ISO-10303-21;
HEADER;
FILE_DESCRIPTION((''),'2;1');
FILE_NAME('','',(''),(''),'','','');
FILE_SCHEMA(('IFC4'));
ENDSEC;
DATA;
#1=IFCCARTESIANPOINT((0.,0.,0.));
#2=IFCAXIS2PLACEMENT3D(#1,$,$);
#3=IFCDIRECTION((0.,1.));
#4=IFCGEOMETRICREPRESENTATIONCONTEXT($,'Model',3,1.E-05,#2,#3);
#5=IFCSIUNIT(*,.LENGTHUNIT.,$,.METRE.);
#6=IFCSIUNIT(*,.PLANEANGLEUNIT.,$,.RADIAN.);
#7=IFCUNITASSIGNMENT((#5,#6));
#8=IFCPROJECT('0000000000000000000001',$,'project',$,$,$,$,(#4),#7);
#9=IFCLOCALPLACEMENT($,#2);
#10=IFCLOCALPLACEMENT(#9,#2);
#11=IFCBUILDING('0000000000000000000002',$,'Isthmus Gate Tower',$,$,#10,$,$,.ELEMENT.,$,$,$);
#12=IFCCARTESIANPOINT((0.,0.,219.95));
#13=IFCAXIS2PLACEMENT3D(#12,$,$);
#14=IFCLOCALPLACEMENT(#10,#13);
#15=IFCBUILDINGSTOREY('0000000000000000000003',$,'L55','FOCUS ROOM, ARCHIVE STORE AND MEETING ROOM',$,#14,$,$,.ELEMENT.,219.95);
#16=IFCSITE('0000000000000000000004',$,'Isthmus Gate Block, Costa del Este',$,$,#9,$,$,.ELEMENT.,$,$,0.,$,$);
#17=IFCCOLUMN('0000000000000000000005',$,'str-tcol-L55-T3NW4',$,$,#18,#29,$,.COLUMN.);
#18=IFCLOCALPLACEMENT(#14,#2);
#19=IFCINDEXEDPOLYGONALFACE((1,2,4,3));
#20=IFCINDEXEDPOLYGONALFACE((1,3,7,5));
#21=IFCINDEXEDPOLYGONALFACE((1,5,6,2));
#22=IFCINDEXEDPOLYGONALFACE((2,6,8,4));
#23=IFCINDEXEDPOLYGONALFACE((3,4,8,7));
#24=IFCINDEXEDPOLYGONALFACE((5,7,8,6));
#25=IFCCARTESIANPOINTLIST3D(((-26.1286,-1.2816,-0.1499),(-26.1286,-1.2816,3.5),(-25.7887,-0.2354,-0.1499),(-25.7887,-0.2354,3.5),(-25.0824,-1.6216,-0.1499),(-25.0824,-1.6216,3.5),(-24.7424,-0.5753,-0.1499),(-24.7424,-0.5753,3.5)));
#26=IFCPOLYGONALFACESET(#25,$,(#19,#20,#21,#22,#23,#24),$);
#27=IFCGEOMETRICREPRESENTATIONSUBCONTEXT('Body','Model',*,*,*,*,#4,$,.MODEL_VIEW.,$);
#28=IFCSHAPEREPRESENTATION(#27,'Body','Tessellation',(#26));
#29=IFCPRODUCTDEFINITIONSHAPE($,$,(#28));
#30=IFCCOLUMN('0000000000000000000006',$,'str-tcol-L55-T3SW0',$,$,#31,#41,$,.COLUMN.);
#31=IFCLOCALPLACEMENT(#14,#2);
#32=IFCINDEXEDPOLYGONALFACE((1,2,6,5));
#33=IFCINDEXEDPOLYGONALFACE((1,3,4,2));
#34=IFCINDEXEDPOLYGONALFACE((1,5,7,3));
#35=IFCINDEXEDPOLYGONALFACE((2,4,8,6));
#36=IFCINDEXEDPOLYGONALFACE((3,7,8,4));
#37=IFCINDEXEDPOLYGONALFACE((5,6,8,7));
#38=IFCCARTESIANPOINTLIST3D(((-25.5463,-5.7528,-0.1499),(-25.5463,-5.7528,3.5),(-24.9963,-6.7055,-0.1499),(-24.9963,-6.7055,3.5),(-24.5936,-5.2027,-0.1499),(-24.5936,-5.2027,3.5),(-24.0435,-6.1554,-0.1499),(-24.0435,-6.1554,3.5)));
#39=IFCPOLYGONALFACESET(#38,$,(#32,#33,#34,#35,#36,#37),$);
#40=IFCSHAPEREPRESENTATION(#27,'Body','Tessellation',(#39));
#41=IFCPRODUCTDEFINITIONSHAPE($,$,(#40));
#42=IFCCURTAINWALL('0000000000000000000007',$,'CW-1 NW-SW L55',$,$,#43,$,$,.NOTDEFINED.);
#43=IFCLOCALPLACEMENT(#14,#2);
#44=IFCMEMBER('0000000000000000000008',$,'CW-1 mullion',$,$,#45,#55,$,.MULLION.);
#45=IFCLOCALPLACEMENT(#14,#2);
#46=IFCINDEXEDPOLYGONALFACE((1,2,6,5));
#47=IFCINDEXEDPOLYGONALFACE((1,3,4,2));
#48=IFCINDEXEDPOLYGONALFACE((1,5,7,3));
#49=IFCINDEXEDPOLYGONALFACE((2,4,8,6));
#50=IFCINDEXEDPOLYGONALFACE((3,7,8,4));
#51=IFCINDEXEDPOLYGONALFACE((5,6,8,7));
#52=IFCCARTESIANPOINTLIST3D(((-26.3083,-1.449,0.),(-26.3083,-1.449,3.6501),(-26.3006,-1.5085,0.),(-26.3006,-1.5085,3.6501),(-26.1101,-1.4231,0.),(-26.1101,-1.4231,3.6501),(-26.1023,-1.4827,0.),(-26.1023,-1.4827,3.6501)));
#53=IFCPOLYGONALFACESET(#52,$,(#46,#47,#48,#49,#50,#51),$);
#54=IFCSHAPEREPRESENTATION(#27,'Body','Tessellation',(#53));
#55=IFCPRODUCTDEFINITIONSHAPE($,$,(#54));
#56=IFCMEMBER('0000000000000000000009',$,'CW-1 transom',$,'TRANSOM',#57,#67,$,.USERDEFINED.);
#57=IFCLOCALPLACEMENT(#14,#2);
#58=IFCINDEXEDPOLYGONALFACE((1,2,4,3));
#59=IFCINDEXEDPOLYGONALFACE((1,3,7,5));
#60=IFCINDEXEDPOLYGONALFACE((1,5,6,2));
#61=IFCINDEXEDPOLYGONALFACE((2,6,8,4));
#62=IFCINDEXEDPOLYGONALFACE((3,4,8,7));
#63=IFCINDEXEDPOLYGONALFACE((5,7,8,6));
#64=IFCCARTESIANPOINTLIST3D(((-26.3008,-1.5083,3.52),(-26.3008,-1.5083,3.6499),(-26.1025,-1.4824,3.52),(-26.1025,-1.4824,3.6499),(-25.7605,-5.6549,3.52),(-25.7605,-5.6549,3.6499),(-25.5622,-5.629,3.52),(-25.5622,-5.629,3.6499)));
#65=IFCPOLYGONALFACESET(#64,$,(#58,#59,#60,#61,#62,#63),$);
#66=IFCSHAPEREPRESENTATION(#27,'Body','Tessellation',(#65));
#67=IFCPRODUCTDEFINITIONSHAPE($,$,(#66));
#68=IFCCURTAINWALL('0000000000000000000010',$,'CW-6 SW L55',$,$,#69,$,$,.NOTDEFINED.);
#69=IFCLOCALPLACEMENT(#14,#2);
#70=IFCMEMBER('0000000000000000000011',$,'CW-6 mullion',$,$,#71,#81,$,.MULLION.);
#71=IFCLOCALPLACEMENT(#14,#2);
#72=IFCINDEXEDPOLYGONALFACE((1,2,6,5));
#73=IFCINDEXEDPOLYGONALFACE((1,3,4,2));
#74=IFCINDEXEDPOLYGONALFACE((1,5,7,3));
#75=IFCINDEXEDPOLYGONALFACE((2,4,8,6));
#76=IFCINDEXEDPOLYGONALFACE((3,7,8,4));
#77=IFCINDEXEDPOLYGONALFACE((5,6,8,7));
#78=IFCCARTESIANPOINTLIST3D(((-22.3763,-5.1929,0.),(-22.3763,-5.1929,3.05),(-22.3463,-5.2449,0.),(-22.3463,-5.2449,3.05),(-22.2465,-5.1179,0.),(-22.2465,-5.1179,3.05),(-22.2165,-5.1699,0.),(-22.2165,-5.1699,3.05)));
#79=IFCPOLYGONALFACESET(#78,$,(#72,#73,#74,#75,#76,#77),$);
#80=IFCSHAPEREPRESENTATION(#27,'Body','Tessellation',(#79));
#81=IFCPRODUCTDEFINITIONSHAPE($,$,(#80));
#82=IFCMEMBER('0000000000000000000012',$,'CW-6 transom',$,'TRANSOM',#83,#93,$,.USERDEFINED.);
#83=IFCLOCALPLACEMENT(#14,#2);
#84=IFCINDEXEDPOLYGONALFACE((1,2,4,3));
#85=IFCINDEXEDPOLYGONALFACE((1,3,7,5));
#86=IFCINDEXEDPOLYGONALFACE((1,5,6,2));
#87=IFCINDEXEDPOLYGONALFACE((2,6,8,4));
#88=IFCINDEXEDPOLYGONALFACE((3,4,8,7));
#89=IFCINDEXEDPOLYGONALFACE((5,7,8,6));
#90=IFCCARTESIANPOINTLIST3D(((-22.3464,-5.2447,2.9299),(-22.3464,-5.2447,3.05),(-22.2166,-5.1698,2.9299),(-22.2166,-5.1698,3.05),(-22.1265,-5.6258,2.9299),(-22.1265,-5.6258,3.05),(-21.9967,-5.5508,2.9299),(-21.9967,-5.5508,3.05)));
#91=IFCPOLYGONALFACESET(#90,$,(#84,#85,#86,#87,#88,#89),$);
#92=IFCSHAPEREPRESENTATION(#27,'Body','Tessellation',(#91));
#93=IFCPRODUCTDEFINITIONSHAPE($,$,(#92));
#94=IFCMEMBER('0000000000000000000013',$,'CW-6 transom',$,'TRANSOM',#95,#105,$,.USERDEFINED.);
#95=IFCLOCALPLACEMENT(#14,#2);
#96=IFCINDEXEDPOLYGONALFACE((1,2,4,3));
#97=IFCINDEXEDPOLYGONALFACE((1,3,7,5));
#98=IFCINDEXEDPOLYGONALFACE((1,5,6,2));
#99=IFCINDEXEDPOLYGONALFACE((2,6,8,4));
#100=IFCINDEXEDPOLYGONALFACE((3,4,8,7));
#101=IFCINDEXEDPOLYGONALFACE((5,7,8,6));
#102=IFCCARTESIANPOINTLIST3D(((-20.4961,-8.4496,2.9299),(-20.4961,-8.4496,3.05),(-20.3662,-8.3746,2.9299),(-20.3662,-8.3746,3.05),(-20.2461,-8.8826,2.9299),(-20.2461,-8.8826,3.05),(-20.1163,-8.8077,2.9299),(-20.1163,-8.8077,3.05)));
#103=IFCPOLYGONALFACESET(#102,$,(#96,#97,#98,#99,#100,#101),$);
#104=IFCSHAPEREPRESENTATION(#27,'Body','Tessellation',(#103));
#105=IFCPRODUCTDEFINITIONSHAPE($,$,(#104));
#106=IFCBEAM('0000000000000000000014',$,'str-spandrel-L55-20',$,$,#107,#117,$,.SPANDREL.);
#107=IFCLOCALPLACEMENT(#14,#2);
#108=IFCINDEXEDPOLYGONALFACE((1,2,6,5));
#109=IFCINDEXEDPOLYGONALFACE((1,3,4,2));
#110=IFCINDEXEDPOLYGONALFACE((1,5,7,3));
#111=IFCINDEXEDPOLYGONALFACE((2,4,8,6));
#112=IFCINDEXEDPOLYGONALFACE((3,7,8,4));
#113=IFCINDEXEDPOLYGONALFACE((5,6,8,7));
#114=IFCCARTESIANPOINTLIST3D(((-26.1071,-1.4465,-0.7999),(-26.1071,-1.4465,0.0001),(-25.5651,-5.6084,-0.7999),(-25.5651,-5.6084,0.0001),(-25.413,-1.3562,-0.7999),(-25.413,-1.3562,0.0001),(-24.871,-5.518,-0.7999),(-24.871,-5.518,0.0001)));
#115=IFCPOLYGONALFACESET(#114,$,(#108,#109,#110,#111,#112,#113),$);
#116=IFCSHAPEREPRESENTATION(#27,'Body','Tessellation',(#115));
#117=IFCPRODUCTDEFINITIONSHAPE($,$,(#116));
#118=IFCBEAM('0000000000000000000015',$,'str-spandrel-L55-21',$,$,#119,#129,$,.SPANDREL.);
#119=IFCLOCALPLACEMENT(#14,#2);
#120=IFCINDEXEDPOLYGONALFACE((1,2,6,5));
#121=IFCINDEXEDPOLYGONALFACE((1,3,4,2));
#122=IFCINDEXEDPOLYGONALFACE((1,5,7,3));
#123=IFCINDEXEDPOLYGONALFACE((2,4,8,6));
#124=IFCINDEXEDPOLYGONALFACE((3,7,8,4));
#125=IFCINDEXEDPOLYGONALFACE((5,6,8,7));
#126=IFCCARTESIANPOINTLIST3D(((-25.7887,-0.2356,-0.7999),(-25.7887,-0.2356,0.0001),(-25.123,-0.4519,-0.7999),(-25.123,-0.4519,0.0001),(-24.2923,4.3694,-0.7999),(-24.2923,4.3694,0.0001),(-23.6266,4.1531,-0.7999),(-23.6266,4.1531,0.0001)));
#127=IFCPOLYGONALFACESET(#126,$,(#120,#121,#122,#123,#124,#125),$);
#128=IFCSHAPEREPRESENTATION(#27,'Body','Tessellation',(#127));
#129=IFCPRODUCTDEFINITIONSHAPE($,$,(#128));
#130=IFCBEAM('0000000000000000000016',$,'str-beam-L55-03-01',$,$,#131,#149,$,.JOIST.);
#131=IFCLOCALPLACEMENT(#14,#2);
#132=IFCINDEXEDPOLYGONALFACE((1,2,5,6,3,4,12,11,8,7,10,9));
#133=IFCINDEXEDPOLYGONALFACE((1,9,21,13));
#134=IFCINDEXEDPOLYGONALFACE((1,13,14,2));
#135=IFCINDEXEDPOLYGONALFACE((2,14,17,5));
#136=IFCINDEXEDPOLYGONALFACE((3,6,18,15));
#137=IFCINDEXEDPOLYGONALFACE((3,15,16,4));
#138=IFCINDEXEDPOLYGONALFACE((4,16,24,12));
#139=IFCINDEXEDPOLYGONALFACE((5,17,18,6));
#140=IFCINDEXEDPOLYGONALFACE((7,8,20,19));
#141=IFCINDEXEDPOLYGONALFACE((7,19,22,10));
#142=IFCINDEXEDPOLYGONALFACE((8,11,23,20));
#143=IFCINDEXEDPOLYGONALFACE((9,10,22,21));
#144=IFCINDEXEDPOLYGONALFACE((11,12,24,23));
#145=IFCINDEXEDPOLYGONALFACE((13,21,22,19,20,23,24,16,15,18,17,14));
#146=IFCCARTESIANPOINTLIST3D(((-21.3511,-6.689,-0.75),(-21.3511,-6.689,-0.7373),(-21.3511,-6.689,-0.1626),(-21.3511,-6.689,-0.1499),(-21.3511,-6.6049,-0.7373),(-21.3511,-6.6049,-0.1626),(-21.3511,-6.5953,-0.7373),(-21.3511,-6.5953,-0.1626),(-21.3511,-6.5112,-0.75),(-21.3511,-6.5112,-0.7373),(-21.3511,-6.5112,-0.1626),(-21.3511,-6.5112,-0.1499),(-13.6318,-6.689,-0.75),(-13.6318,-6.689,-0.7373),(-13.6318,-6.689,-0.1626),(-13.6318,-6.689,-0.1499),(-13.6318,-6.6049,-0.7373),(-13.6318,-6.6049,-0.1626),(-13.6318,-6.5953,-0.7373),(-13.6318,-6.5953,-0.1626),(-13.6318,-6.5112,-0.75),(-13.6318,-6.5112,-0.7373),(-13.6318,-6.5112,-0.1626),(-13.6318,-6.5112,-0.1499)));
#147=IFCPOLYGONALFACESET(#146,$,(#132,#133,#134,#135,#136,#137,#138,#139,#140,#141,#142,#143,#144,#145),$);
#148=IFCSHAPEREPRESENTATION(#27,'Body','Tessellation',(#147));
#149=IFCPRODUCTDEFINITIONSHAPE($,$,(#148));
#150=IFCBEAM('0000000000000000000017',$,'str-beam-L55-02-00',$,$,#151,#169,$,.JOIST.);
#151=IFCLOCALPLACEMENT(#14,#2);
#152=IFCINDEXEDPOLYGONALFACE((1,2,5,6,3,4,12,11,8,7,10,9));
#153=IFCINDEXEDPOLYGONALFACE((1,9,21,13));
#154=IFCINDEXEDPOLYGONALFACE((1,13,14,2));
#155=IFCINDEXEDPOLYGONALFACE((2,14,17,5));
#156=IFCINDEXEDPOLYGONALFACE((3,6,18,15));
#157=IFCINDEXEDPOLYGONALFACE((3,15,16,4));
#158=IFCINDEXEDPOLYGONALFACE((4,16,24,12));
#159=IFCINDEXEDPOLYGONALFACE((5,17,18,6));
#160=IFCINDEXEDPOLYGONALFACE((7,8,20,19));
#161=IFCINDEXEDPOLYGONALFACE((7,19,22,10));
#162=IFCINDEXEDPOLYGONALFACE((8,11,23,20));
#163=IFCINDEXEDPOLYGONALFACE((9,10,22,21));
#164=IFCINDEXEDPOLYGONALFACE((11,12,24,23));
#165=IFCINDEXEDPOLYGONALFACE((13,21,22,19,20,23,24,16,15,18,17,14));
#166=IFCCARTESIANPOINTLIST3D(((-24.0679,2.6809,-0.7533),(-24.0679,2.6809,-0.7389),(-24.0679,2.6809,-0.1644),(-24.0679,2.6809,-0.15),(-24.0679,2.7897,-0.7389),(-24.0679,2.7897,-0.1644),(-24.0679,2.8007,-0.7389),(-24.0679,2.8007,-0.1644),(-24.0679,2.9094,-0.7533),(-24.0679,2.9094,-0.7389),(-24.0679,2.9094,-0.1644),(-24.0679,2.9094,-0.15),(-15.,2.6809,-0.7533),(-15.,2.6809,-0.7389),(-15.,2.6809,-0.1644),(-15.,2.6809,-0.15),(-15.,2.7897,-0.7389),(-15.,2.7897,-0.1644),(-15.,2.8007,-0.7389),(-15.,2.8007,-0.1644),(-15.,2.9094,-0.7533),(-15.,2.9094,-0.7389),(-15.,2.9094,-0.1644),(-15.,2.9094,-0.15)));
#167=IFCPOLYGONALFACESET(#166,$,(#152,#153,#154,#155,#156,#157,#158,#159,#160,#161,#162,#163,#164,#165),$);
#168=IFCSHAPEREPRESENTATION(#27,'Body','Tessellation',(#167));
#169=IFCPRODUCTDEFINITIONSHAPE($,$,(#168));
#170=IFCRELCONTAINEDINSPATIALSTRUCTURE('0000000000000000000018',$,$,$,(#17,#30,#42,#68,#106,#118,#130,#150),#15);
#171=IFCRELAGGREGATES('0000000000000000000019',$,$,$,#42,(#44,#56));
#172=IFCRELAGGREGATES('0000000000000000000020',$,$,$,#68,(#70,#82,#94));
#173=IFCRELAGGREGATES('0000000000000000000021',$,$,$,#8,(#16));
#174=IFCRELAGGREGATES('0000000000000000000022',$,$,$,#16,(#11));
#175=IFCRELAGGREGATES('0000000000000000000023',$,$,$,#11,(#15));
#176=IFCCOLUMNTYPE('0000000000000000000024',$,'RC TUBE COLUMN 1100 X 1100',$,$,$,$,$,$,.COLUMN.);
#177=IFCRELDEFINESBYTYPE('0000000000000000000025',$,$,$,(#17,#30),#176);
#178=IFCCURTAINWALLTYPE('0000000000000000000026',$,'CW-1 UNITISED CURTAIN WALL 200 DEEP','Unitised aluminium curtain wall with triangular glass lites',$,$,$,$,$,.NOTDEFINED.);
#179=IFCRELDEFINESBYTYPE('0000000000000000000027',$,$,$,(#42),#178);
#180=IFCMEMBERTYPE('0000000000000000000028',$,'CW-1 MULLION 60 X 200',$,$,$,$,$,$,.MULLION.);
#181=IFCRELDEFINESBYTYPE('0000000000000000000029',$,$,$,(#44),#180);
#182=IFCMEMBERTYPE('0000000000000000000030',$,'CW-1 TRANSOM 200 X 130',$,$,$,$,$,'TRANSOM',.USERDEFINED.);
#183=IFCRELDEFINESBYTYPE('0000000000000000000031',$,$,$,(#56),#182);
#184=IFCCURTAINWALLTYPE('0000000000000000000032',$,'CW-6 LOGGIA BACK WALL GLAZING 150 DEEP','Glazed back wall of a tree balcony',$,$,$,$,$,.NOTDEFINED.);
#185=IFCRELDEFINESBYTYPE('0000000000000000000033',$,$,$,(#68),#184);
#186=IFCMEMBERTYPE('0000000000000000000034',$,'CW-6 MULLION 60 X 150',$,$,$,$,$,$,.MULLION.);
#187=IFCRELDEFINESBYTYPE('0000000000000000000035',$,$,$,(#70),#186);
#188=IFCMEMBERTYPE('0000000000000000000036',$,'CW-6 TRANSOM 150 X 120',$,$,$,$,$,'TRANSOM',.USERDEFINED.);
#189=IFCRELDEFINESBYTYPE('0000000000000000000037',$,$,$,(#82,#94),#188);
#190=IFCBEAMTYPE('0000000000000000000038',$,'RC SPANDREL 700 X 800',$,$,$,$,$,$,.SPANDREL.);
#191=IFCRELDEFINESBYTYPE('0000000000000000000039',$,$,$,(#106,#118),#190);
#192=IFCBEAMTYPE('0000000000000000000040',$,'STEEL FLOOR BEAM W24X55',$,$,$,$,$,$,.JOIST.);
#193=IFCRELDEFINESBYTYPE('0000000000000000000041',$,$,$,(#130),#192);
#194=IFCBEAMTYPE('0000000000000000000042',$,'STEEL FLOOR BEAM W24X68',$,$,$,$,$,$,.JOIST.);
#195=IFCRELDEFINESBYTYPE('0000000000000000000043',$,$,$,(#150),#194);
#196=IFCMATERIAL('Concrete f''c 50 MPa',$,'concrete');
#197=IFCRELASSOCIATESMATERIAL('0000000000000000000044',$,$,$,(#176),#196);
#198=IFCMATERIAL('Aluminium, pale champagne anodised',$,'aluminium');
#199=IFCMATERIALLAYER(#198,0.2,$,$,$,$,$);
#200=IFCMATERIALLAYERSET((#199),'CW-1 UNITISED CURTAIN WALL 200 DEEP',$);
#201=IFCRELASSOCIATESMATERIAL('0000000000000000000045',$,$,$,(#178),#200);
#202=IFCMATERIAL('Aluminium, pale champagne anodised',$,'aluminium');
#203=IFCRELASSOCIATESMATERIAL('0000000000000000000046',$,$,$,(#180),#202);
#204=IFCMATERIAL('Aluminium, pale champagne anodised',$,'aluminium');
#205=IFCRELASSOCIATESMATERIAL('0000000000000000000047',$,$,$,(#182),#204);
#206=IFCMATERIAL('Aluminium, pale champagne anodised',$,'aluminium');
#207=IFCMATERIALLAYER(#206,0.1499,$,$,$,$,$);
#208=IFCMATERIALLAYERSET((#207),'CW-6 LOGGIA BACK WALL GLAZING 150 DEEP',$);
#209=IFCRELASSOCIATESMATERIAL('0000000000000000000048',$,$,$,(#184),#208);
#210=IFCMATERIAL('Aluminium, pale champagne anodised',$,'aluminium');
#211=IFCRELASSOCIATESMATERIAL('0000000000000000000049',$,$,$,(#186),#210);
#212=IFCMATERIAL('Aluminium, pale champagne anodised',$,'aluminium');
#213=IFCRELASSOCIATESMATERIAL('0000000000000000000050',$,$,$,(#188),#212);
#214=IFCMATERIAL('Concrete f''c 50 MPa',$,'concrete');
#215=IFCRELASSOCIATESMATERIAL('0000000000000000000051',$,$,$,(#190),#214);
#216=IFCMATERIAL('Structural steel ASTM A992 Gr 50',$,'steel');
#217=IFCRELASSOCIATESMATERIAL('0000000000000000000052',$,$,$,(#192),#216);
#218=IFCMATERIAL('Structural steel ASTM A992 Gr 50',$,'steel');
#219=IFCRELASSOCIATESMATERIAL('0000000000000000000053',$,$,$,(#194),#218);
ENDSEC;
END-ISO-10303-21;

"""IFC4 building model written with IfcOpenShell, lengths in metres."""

from ifc_helpers import new_model, si_unit, direction, frame, origin, origin_2d, place, context, subcontext, project, spatial, rectangle, i_section, extrude, material, layer, layer_set, material_profile, profile_set, type_object, element, aggregate, save


model = new_model("IFC4")

# Units and contexts
model_context = context("Model", 3, precision=1e-05, world=origin(), true_north=direction((0.0, 1.0)))
body_context = subcontext(model_context, "Body", "Model", "MODEL_VIEW")
ifc_project = project(units=[si_unit("LENGTHUNIT", "METRE"), si_unit("PLANEANGLEUNIT", "RADIAN")], contexts=[model_context])

# Site, building, storey
site_placement = place(None, origin())
site = spatial("IfcSite", under=ifc_project, at=site_placement, Name="Isthmus Gate Block, Costa del Este", CompositionType="ELEMENT", RefElevation=0.0)
building_placement = place(site_placement, origin())
building = spatial("IfcBuilding", under=site, at=building_placement, Name="Isthmus Gate Tower", CompositionType="ELEMENT")
storey_placement = place(building_placement, frame((0.0, 0.0, 219.95)))
storey = spatial("IfcBuildingStorey", under=building, at=storey_placement, Name="L55", Description="FOCUS ROOM, ARCHIVE STORE AND MEETING ROOM", CompositionType="ELEMENT", Elevation=219.95)

# Columns
ifc_material_1 = material(Name="Concrete f'c 50 MPa", Category="concrete")
ifc_material_profile_1 = material_profile(ifc_material_1, rectangle(XDim=1.1001, YDim=1.1001, at=origin_2d()), Name="RC 1100X1100")
ifc_profile_set_1 = profile_set([ifc_material_profile_1], Name="Concrete f'c 50 MPa")
column_type = type_object("IfcColumnType", Name="RC TUBE COLUMN 1100 X 1100", PredefinedType="COLUMN", material=ifc_profile_set_1)
for number, where, z_axis, x_axis, name in (
    (1, (-25.4355, -0.9285, -0.1499), (0.0, 0.0, 1.0), (-0.309017, -0.951057, 0.0), "str-tcol-L55-T3NW4"),
    (2, (-24.7949, -5.9541, -0.1499), (0.0, 0.0, 1.0), (0.5, -0.866025, 0.0), "str-tcol-L55-T3SW0"),
):
    element("IfcColumn", number, at=place(storey_placement, frame(where, z_axis=z_axis, x_axis=x_axis)), inside=storey, type_object=column_type, Name=name, PredefinedType="COLUMN", context=body_context, shape_type="SweptSolid", body=[
        extrude(rectangle(XDim=1.1001, YDim=1.1001, at=origin_2d()), origin(), (0.0, 0.0, 1.0), 3.6499),
    ])

# Curtain walls, members
ifc_material_2 = material(Name="Aluminium, pale champagne anodised", Category="aluminium")
ifc_layer_1 = layer(ifc_material_2, 0.2)
ifc_layer_set_1 = layer_set([ifc_layer_1], Name="CW-1 UNITISED CURTAIN WALL 200 DEEP")
curtain_wall_type_1 = type_object("IfcCurtainWallType", Name="CW-1 UNITISED CURTAIN WALL 200 DEEP", Description="Unitised aluminium curtain wall with triangular glass lites", PredefinedType="NOTDEFINED", material=ifc_layer_set_1)
curtain_wall_1_placement = place(storey_placement, origin())
curtain_wall_1 = element("IfcCurtainWall", 3, at=curtain_wall_1_placement, inside=storey, type_object=curtain_wall_type_1, Name="CW-1 NW-SW L55", PredefinedType="NOTDEFINED")
ifc_material_3 = material(Name="Aluminium, pale champagne anodised", Category="aluminium")
ifc_material_profile_2 = material_profile(ifc_material_3, rectangle(XDim=0.0601, YDim=0.2, at=origin_2d()), Name="60x200")
ifc_profile_set_2 = profile_set([ifc_material_profile_2], Name="Aluminium, pale champagne anodised")
member_type_1 = type_object("IfcMemberType", Name="CW-1 MULLION 60 X 200", PredefinedType="MULLION", material=ifc_profile_set_2)
member_1_placement = place(storey_placement, frame((-26.2053, -1.4658, 0.0), z_axis=(0.0, 0.0, 1.0), x_axis=(0.129165, -0.991623, 0.0)))
member_1 = element("IfcMember", 4, at=member_1_placement, type_object=member_type_1, Name="CW-1 mullion", PredefinedType="MULLION", context=body_context, shape_type="SweptSolid", body=[
    extrude(rectangle(XDim=0.0601, YDim=0.2, at=origin_2d()), origin(), (0.0, 0.0, 1.0), 3.6501),
])
ifc_material_4 = material(Name="Aluminium, pale champagne anodised", Category="aluminium")
ifc_material_profile_3 = material_profile(ifc_material_4, rectangle(XDim=0.2, YDim=0.1299, at=origin_2d()), Name="200x130")
ifc_profile_set_3 = profile_set([ifc_material_profile_3], Name="Aluminium, pale champagne anodised")
member_type_2 = type_object("IfcMemberType", Name="CW-1 TRANSOM 200 X 130", ElementType="TRANSOM", PredefinedType="USERDEFINED", material=ifc_profile_set_3)
member_2_placement = place(storey_placement, frame((-26.2017, -1.4954, 3.585), z_axis=(0.129207, -0.991618, 0.0), x_axis=(0.991618, 0.129207, 0.0)))
member_2 = element("IfcMember", 5, at=member_2_placement, type_object=member_type_2, Name="CW-1 transom", ObjectType="TRANSOM", PredefinedType="USERDEFINED", context=body_context, shape_type="SweptSolid", body=[
    extrude(rectangle(XDim=0.2, YDim=0.1299, at=origin_2d()), origin(), (0.0, 0.0, 1.0), 4.1816),
])
ifc_material_5 = material(Name="Aluminium, pale champagne anodised", Category="aluminium")
ifc_layer_2 = layer(ifc_material_5, 0.1499)
ifc_layer_set_2 = layer_set([ifc_layer_2], Name="CW-6 LOGGIA BACK WALL GLAZING 150 DEEP")
curtain_wall_type_2 = type_object("IfcCurtainWallType", Name="CW-6 LOGGIA BACK WALL GLAZING 150 DEEP", Description="Glazed back wall of a tree balcony", PredefinedType="NOTDEFINED", material=ifc_layer_set_2)
curtain_wall_2_placement = place(storey_placement, origin())
curtain_wall_2 = element("IfcCurtainWall", 6, at=curtain_wall_2_placement, inside=storey, type_object=curtain_wall_type_2, Name="CW-6 SW L55", PredefinedType="NOTDEFINED")
ifc_material_6 = material(Name="Aluminium, pale champagne anodised", Category="aluminium")
ifc_material_profile_4 = material_profile(ifc_material_6, rectangle(XDim=0.0601, YDim=0.1499, at=origin_2d()), Name="60x150")
ifc_profile_set_4 = profile_set([ifc_material_profile_4], Name="Aluminium, pale champagne anodised")
member_type_3 = type_object("IfcMemberType", Name="CW-6 MULLION 60 X 150", PredefinedType="MULLION", material=ifc_profile_set_4)
member_3_placement = place(storey_placement, frame((-22.2964, -5.1814, 0.0), z_axis=(0.0, 0.0, 1.0), x_axis=(0.5, -0.866025, 0.0)))
member_3 = element("IfcMember", 7, at=member_3_placement, type_object=member_type_3, Name="CW-6 mullion", PredefinedType="MULLION", context=body_context, shape_type="SweptSolid", body=[
    extrude(rectangle(XDim=0.0601, YDim=0.1499, at=origin_2d()), origin(), (0.0, 0.0, 1.0), 3.05),
])
ifc_material_7 = material(Name="Aluminium, pale champagne anodised", Category="aluminium")
ifc_material_profile_5 = material_profile(ifc_material_7, rectangle(XDim=0.1499, YDim=0.1201, at=origin_2d()), Name="150x120")
ifc_profile_set_5 = profile_set([ifc_material_profile_5], Name="Aluminium, pale champagne anodised")
member_type_4 = type_object("IfcMemberType", Name="CW-6 TRANSOM 150 X 120", ElementType="TRANSOM", PredefinedType="USERDEFINED", material=ifc_profile_set_5)
member_4_placement = place(storey_placement, frame((-22.2815, -5.2073, 2.99), z_axis=(0.499899, -0.866084, 0.0), x_axis=(0.866084, 0.499899, 0.0)))
member_4 = element("IfcMember", 8, at=member_4_placement, type_object=member_type_4, Name="CW-6 transom", ObjectType="TRANSOM", PredefinedType="USERDEFINED", context=body_context, shape_type="SweptSolid", body=[
    extrude(rectangle(XDim=0.1499, YDim=0.1201, at=origin_2d()), origin(), (0.0, 0.0, 1.0), 0.4399),
])
member_5_placement = place(storey_placement, frame((-20.4312, -8.4121, 2.99), z_axis=(0.49992, -0.866072, 0.0), x_axis=(0.866072, 0.49992, 0.0)))
member_5 = element("IfcMember", 9, at=member_5_placement, type_object=member_type_4, Name="CW-6 transom", ObjectType="TRANSOM", PredefinedType="USERDEFINED", context=body_context, shape_type="SweptSolid", body=[
    extrude(rectangle(XDim=0.1499, YDim=0.1201, at=origin_2d()), origin(), (0.0, 0.0, 1.0), 0.5),
])

# Beams
ifc_material_8 = material(Name="Concrete f'c 50 MPa", Category="concrete")
ifc_material_profile_6 = material_profile(ifc_material_8, rectangle(XDim=0.7, YDim=0.8, at=origin_2d()), Name="RC 700X800")
ifc_profile_set_6 = profile_set([ifc_material_profile_6], Name="Concrete f'c 50 MPa")
beam_type_1 = type_object("IfcBeamType", Name="RC SPANDREL 700 X 800", PredefinedType="SPANDREL", material=ifc_profile_set_6)
beam_1_placement = place(storey_placement, frame((-25.218, -5.5632, -0.3999), z_axis=(-0.129138, 0.991627, 0.0), x_axis=(-0.991627, -0.129138, 0.0)))
element("IfcBeam", 10, at=beam_1_placement, inside=storey, type_object=beam_type_1, Name="str-spandrel-L55-20", PredefinedType="SPANDREL", context=body_context, shape_type="SweptSolid", body=[
    extrude(rectangle(XDim=0.7, YDim=0.8, at=origin_2d()), origin(), (0.0, 0.0, 1.0), 4.197),
])
beam_2_placement = place(storey_placement, frame((-25.4558, -0.3438, -0.3999), z_axis=(0.309034, 0.951051, 0.0), x_axis=(-0.951051, 0.309034, 0.0)))
element("IfcBeam", 11, at=beam_2_placement, inside=storey, type_object=beam_type_1, Name="str-spandrel-L55-21", PredefinedType="SPANDREL", context=body_context, shape_type="SweptSolid", body=[
    extrude(rectangle(XDim=0.7, YDim=0.8, at=origin_2d()), origin(), (0.0, 0.0, 1.0), 4.842),
])
ifc_material_9 = material(Name="Structural steel ASTM A992 Gr 50", Category="steel")
ifc_material_profile_7 = material_profile(ifc_material_9, i_section(OverallWidth=0.1777, OverallDepth=0.6001, WebThickness=0.0095, FlangeThickness=0.0127, at=origin_2d()), Name="W24X55")
ifc_profile_set_7 = profile_set([ifc_material_profile_7], Name="Structural steel ASTM A992 Gr 50")
beam_type_2 = type_object("IfcBeamType", Name="STEEL FLOOR BEAM W24X55", PredefinedType="JOIST", material=ifc_profile_set_7)
beam_3_placement = place(storey_placement, frame((-21.3511, -6.6001, -0.45), z_axis=(1.0, 0.0, 0.0), x_axis=(0.0, 1.0, 0.0)))
element("IfcBeam", 12, at=beam_3_placement, inside=storey, type_object=beam_type_2, Name="str-beam-L55-03-01", PredefinedType="JOIST", context=body_context, shape_type="SweptSolid", body=[
    extrude(i_section(OverallWidth=0.1777, OverallDepth=0.6001, WebThickness=0.0095, FlangeThickness=0.0127, at=origin_2d()), origin(), (0.0, 0.0, 1.0), 7.7192),
])
ifc_material_10 = material(Name="Structural steel ASTM A992 Gr 50", Category="steel")
ifc_material_profile_8 = material_profile(ifc_material_10, i_section(OverallWidth=0.2285, OverallDepth=0.6033, WebThickness=0.011, FlangeThickness=0.0144, at=origin_2d()), Name="W24X68")
ifc_profile_set_8 = profile_set([ifc_material_profile_8], Name="Structural steel ASTM A992 Gr 50")
beam_type_3 = type_object("IfcBeamType", Name="STEEL FLOOR BEAM W24X68", PredefinedType="JOIST", material=ifc_profile_set_8)
beam_4_placement = place(storey_placement, frame((-24.0679, 2.7952, -0.4517), z_axis=(1.0, 0.0, 0.0), x_axis=(0.0, 1.0, 0.0)))
element("IfcBeam", 13, at=beam_4_placement, inside=storey, type_object=beam_type_3, Name="str-beam-L55-02-00", PredefinedType="JOIST", context=body_context, shape_type="SweptSolid", body=[
    extrude(i_section(OverallWidth=0.2285, OverallDepth=0.6033, WebThickness=0.011, FlangeThickness=0.0144, at=origin_2d()), origin(), (0.0, 0.0, 1.0), 9.0679),
])

aggregate(curtain_wall_1, [member_1, member_2])
aggregate(curtain_wall_2, [member_3, member_4, member_5])

save(model, "model.ifc")
